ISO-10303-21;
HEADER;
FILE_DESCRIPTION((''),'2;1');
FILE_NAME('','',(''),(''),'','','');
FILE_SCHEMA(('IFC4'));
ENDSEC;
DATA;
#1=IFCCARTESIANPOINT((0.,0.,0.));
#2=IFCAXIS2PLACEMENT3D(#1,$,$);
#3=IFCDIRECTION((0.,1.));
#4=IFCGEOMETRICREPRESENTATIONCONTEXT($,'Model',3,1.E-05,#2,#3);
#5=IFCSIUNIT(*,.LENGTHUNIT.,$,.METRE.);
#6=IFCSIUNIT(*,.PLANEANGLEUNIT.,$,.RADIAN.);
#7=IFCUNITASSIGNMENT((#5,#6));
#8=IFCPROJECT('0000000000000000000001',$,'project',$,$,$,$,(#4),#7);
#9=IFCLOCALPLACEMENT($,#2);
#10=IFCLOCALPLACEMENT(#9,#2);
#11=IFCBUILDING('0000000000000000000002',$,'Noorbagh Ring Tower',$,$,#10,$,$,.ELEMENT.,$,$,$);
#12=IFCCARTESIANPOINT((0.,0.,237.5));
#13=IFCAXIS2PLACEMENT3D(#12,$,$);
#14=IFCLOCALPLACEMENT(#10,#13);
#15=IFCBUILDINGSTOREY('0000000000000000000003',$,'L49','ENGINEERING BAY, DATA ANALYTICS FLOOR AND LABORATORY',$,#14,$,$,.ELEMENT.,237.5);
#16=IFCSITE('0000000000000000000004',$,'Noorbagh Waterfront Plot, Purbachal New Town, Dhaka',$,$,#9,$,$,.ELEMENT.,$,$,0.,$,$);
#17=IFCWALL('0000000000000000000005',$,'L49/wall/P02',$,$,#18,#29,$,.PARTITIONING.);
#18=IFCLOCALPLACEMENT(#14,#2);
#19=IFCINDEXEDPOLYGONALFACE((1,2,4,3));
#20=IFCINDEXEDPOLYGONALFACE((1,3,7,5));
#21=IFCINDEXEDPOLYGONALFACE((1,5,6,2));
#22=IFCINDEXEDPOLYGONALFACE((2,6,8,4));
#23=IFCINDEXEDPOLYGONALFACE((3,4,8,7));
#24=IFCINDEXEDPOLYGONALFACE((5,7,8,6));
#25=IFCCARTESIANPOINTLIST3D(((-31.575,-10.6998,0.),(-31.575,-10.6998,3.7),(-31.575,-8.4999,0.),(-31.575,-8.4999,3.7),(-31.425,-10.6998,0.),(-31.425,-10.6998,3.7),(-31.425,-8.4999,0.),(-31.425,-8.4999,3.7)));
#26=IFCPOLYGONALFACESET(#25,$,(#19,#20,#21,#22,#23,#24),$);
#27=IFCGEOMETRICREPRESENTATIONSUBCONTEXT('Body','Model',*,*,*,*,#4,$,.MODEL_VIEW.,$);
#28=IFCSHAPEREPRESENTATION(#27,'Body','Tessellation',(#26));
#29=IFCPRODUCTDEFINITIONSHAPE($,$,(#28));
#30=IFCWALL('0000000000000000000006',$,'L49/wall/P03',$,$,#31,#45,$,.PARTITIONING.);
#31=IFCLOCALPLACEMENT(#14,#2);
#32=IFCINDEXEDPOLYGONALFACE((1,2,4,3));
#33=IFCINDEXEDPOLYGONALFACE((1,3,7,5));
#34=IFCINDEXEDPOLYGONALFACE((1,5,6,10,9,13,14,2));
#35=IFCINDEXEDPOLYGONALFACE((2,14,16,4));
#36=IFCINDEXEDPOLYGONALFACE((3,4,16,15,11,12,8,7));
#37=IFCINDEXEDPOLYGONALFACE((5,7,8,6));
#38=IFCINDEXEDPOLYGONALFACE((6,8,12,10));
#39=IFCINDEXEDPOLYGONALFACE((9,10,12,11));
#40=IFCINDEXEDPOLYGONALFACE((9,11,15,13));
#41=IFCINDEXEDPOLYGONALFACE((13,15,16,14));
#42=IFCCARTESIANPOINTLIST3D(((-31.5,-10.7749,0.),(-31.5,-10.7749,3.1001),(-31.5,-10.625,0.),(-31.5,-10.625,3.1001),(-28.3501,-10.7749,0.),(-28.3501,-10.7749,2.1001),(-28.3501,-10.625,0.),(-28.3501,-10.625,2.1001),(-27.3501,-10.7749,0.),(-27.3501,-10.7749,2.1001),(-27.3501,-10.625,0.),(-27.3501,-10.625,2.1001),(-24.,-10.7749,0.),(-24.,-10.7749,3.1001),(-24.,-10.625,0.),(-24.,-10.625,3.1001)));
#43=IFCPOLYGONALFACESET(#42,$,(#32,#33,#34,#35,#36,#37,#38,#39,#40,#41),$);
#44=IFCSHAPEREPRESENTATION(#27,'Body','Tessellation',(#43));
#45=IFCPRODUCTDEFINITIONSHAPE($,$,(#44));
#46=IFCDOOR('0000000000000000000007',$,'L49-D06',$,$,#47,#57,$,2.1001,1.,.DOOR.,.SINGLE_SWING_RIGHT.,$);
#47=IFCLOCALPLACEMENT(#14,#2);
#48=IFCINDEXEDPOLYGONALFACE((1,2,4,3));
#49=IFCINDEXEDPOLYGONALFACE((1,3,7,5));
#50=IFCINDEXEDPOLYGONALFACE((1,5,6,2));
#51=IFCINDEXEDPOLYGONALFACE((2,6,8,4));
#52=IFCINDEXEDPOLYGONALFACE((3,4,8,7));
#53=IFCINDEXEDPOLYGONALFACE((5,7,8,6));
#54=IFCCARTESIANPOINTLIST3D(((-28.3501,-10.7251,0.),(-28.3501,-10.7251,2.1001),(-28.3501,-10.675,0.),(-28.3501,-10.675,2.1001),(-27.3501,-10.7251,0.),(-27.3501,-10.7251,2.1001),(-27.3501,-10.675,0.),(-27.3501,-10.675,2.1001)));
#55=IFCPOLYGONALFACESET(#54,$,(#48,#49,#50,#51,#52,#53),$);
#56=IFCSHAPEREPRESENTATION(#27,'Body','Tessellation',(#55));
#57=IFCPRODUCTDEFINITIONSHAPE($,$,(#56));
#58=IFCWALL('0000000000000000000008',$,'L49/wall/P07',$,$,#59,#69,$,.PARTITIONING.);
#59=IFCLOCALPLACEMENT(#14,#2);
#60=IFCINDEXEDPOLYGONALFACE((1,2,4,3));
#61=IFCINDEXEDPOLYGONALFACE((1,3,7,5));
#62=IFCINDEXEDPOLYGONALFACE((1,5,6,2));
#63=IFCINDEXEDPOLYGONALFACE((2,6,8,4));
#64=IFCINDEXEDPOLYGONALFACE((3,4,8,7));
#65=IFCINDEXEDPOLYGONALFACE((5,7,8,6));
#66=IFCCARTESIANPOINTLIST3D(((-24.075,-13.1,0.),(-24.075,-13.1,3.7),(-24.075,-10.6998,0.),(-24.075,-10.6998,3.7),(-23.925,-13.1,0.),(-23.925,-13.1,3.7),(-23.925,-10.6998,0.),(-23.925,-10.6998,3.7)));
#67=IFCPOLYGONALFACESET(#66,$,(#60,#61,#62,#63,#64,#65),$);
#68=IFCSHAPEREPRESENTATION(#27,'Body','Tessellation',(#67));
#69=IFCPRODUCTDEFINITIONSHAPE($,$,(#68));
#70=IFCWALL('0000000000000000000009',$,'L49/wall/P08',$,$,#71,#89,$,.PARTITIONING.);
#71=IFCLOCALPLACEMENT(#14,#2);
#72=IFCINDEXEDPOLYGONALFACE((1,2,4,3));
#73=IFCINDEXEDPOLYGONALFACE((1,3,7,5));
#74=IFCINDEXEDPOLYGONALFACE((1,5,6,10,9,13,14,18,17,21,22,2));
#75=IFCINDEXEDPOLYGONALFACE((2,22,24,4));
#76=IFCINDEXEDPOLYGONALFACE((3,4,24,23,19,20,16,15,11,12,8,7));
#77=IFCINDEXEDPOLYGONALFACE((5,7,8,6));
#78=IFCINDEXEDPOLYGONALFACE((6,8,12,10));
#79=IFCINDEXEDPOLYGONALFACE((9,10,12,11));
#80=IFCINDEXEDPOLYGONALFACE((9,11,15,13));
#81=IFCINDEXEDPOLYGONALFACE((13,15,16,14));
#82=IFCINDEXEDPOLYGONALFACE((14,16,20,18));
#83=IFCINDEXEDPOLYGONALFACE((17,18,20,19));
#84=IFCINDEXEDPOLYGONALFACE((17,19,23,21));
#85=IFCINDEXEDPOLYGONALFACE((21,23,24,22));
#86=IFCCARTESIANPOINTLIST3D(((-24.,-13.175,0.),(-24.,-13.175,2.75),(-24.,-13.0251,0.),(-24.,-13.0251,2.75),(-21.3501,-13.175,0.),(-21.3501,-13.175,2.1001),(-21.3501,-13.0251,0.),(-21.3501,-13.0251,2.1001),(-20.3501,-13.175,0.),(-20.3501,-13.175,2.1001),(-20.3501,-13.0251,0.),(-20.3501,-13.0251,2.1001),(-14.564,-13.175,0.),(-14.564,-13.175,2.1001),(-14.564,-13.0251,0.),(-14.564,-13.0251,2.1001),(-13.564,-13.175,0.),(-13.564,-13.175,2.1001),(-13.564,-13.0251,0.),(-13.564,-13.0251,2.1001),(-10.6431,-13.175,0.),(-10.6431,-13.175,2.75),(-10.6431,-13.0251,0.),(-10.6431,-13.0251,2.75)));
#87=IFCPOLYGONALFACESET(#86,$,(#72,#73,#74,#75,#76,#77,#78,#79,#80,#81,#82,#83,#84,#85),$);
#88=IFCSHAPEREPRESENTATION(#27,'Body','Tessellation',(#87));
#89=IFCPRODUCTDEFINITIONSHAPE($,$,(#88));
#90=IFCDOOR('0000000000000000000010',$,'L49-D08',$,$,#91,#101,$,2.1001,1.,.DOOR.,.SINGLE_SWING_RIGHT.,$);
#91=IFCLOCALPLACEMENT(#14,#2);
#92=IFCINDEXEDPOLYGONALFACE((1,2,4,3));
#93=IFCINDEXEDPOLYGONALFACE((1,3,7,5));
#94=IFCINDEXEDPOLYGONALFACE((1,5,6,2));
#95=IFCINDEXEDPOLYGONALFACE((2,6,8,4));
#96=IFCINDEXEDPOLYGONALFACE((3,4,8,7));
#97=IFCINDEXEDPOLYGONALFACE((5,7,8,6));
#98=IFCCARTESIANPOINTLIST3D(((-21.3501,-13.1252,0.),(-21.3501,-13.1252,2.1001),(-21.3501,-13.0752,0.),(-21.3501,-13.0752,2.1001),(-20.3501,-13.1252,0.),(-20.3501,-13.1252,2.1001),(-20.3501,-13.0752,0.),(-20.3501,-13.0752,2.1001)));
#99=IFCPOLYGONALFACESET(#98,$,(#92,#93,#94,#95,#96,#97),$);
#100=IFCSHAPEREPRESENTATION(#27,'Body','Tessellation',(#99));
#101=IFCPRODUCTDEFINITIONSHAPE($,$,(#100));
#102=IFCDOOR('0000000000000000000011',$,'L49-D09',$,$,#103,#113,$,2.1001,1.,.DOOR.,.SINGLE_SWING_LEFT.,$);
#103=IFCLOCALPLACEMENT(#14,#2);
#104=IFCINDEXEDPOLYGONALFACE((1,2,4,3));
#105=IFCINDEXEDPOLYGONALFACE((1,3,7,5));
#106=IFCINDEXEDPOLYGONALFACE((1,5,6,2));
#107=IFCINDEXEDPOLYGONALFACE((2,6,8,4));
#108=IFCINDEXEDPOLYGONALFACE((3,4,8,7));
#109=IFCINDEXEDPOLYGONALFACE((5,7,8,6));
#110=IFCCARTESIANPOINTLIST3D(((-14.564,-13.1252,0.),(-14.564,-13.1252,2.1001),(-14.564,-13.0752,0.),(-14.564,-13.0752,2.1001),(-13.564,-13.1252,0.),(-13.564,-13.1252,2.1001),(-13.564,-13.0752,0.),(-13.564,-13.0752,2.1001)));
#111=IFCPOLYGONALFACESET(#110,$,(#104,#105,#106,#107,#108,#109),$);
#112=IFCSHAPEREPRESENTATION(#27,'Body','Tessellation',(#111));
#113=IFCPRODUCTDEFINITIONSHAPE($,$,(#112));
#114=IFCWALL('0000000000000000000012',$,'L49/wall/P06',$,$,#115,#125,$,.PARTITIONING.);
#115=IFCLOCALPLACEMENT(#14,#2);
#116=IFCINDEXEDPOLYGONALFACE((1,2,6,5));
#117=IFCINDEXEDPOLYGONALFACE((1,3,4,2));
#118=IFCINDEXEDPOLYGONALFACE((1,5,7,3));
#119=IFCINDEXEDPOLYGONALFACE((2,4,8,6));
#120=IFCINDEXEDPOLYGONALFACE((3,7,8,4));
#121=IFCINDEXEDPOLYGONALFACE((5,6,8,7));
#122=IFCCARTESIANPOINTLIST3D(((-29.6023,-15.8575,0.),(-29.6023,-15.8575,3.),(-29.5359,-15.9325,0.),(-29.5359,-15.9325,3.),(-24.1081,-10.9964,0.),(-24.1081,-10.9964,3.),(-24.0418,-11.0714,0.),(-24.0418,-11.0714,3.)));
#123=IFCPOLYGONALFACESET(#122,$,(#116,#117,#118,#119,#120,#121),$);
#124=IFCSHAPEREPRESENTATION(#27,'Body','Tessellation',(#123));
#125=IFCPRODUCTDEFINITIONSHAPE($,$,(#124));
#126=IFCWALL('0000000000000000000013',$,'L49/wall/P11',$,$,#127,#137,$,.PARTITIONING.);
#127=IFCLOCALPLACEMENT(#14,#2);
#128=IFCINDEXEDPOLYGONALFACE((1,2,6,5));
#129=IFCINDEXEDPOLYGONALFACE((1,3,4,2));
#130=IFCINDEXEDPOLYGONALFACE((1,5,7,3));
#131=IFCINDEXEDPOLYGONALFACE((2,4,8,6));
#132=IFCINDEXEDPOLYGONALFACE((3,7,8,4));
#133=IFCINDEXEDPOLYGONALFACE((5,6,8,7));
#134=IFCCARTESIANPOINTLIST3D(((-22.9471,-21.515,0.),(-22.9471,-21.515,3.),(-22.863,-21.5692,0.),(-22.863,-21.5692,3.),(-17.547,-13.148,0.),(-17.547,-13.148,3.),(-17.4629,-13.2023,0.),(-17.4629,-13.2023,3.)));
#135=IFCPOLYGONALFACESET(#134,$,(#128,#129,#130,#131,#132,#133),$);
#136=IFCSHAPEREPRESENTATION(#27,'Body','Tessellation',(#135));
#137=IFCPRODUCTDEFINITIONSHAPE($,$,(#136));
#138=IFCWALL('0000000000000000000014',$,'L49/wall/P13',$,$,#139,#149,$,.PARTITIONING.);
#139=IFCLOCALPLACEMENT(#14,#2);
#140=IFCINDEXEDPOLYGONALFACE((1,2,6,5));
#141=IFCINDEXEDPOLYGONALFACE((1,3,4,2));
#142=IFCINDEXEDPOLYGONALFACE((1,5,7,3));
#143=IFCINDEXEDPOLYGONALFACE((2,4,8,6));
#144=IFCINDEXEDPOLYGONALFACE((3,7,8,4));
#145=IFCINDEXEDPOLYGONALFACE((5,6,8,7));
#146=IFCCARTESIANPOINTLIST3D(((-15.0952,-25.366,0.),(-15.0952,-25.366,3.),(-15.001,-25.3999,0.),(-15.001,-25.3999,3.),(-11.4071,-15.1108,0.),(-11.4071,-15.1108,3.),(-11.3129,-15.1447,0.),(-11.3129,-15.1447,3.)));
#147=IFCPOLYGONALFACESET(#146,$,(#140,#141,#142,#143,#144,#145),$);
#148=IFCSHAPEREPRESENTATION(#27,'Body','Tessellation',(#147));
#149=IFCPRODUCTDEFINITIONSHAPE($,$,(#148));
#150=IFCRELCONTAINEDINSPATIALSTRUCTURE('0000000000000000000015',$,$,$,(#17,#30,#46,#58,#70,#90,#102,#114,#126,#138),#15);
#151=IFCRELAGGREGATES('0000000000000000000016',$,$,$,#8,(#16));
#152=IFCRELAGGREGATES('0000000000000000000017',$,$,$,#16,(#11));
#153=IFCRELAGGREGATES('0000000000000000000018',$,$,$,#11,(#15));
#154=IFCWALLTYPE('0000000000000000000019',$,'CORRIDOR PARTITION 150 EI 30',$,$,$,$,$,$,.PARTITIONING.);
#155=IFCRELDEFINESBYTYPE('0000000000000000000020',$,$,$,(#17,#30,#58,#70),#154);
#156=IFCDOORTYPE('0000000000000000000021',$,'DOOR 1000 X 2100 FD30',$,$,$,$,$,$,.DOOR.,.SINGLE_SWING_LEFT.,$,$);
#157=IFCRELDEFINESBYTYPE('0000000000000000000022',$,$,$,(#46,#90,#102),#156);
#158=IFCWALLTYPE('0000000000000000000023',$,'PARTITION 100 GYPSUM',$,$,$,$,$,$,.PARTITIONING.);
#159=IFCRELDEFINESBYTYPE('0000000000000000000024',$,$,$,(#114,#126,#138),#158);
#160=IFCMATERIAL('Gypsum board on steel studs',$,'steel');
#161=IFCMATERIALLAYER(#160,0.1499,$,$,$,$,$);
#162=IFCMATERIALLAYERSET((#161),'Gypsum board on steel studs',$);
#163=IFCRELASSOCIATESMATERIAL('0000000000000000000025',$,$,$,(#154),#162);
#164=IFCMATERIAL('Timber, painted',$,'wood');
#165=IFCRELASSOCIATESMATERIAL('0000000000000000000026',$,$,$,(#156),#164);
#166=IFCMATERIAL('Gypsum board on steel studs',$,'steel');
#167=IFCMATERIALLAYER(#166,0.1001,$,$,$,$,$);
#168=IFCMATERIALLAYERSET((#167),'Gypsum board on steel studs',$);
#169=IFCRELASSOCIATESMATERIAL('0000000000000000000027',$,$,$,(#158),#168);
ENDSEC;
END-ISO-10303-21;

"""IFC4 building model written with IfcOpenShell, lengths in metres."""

from ifc_helpers import new_model, si_unit, direction, frame, frame_2d, origin, place, context, subcontext, project, spatial, rectangle, extrude, material, layer, layer_set, type_object, element, fill, save


model = new_model("IFC4")

# Units and contexts
model_context = context("Model", 3, precision=1e-05, world=origin(), true_north=direction((0.0, 1.0)))
body_context = subcontext(model_context, "Body", "Model", "MODEL_VIEW")
ifc_project = project(units=[si_unit("LENGTHUNIT", "METRE"), si_unit("PLANEANGLEUNIT", "RADIAN")], contexts=[model_context])

# Site, building, storey
site_placement = place(None, origin())
site = spatial("IfcSite", under=ifc_project, at=site_placement, Name="Noorbagh Waterfront Plot, Purbachal New Town, Dhaka", CompositionType="ELEMENT", RefElevation=0.0)
building_placement = place(site_placement, origin())
building = spatial("IfcBuilding", under=site, at=building_placement, Name="Noorbagh Ring Tower", CompositionType="ELEMENT")
storey_placement = place(building_placement, frame((0.0, 0.0, 237.5)))
storey = spatial("IfcBuildingStorey", under=building, at=storey_placement, Name="L49", Description="ENGINEERING BAY, DATA ANALYTICS FLOOR AND LABORATORY", CompositionType="ELEMENT", Elevation=237.5)

# Wall
ifc_material_1 = material(Name="Gypsum board on steel studs", Category="steel")
ifc_layer_1 = layer(ifc_material_1, 0.1499)
ifc_layer_set_1 = layer_set([ifc_layer_1], Name="Gypsum board on steel studs")
wall_type_1 = type_object("IfcWallType", Name="CORRIDOR PARTITION 150 EI 30", PredefinedType="PARTITIONING", material=ifc_layer_set_1)
wall_1_placement = place(storey_placement, frame((-31.5, -10.7, 0.0), z_axis=(0.0, 0.0, 1.0), x_axis=(0.0, 1.0, 0.0)))
element("IfcWall", 1, at=wall_1_placement, inside=storey, type_object=wall_type_1, Name="L49/wall/P02", PredefinedType="PARTITIONING", context=body_context, shape_type="SweptSolid", body=[
    extrude(rectangle(XDim=2.2, YDim=0.1499, at=frame_2d((1.1001, 0.0))), origin(), (0.0, 0.0, 1.0), 3.7),
])

# Wall, opening, door
wall_2_placement = place(storey_placement, frame((-31.5, -10.7, 0.0), z_axis=(0.0, 0.0, 1.0), x_axis=(1.0, 0.0, 0.0)))
wall_2 = element("IfcWall", 2, at=wall_2_placement, inside=storey, type_object=wall_type_1, Name="L49/wall/P03", PredefinedType="PARTITIONING", context=body_context, shape_type="SweptSolid", body=[
    extrude(rectangle(XDim=7.5, YDim=0.1499, at=frame_2d((3.75, 0.0))), origin(), (0.0, 0.0, 1.0), 3.1001),
])
opening_1_placement = place(wall_2_placement, frame((3.1499, 0.0, 0.0)))
opening_1 = element("IfcOpeningElement", 3, at=opening_1_placement, cuts=wall_2, PredefinedType="OPENING", context=body_context, shape_type="SweptSolid", body=[
    extrude(rectangle(XDim=1.0, YDim=2.1001, at=frame_2d((0.5, 1.05))), frame((0.0, 0.085, 0.0), z_axis=(0.0, -1.0, 0.0), x_axis=(1.0, 0.0, 0.0)), (0.0, 0.0, 1.0), 0.1699),
])
ifc_material_2 = material(Name="Timber, painted", Category="wood")
door_type = type_object("IfcDoorType", Name="DOOR 1000 X 2100 FD30", OperationType="SINGLE_SWING_LEFT", PredefinedType="DOOR", material=ifc_material_2)
door_1_placement = place(opening_1_placement, origin())
door_1 = element("IfcDoor", 4, at=door_1_placement, inside=storey, type_object=door_type, Name="L49-D06", OperationType="SINGLE_SWING_RIGHT", OverallHeight=2.1001, OverallWidth=1.0, PredefinedType="DOOR", context=body_context, shape_type="SweptSolid", body=[
    extrude(rectangle(XDim=1.0, YDim=2.1001, at=frame_2d((0.5, 1.05))), frame((0.0, 0.0249, 0.0), z_axis=(0.0, -1.0, 0.0), x_axis=(1.0, 0.0, 0.0)), (0.0, 0.0, 1.0), 0.05),
])
fill(opening_1, door_1)

# Wall
wall_3_placement = place(storey_placement, frame((-24.0, -13.1001, 0.0), z_axis=(0.0, 0.0, 1.0), x_axis=(0.0, 1.0, 0.0)))
element("IfcWall", 5, at=wall_3_placement, inside=storey, type_object=wall_type_1, Name="L49/wall/P07", PredefinedType="PARTITIONING", context=body_context, shape_type="SweptSolid", body=[
    extrude(rectangle(XDim=2.4001, YDim=0.1499, at=frame_2d((1.2002, 0.0))), origin(), (0.0, 0.0, 1.0), 3.7),
])

# Wall, openings, doors
wall_4_placement = place(storey_placement, frame((-24.0, -13.1001, 0.0), z_axis=(0.0, 0.0, 1.0), x_axis=(1.0, 0.0, 0.0)))
wall_4 = element("IfcWall", 6, at=wall_4_placement, inside=storey, type_object=wall_type_1, Name="L49/wall/P08", PredefinedType="PARTITIONING", context=body_context, shape_type="SweptSolid", body=[
    extrude(rectangle(XDim=13.3569, YDim=0.1499, at=frame_2d((6.6785, 0.0))), origin(), (0.0, 0.0, 1.0), 2.75),
])
opening_2_placement = place(wall_4_placement, frame((2.6499, 0.0, 0.0)))
opening_2 = element("IfcOpeningElement", 7, at=opening_2_placement, cuts=wall_4, PredefinedType="OPENING", context=body_context, shape_type="SweptSolid", body=[
    extrude(rectangle(XDim=1.0, YDim=2.1001, at=frame_2d((0.5, 1.05))), frame((0.0, 0.085, 0.0), z_axis=(0.0, -1.0, 0.0), x_axis=(1.0, 0.0, 0.0)), (0.0, 0.0, 1.0), 0.1699),
])
opening_3_placement = place(wall_4_placement, frame((9.436, 0.0, 0.0)))
opening_3 = element("IfcOpeningElement", 8, at=opening_3_placement, cuts=wall_4, PredefinedType="OPENING", context=body_context, shape_type="SweptSolid", body=[
    extrude(rectangle(XDim=1.0, YDim=2.1001, at=frame_2d((0.5, 1.05))), frame((0.0, 0.085, 0.0), z_axis=(0.0, -1.0, 0.0), x_axis=(1.0, 0.0, 0.0)), (0.0, 0.0, 1.0), 0.1699),
])
door_2_placement = place(opening_2_placement, origin())
door_2 = element("IfcDoor", 9, at=door_2_placement, inside=storey, type_object=door_type, Name="L49-D08", OperationType="SINGLE_SWING_RIGHT", OverallHeight=2.1001, OverallWidth=1.0, PredefinedType="DOOR", context=body_context, shape_type="SweptSolid", body=[
    extrude(rectangle(XDim=1.0, YDim=2.1001, at=frame_2d((0.5, 1.05))), frame((0.0, 0.0249, 0.0), z_axis=(0.0, -1.0, 0.0), x_axis=(1.0, 0.0, 0.0)), (0.0, 0.0, 1.0), 0.05),
])
fill(opening_2, door_2)
door_3_placement = place(opening_3_placement, origin())
door_3 = element("IfcDoor", 10, at=door_3_placement, inside=storey, type_object=door_type, Name="L49-D09", OperationType="SINGLE_SWING_LEFT", OverallHeight=2.1001, OverallWidth=1.0, PredefinedType="DOOR", context=body_context, shape_type="SweptSolid", body=[
    extrude(rectangle(XDim=1.0, YDim=2.1001, at=frame_2d((0.5, 1.05))), frame((0.0, 0.0249, 0.0), z_axis=(0.0, -1.0, 0.0), x_axis=(1.0, 0.0, 0.0)), (0.0, 0.0, 1.0), 0.05),
])
fill(opening_3, door_3)

# Walls
ifc_material_3 = material(Name="Gypsum board on steel studs", Category="steel")
ifc_layer_2 = layer(ifc_material_3, 0.1001)
ifc_layer_set_2 = layer_set([ifc_layer_2], Name="Gypsum board on steel studs")
wall_type_2 = type_object("IfcWallType", Name="PARTITION 100 GYPSUM", PredefinedType="PARTITIONING", material=ifc_layer_set_2)
wall_5_placement = place(storey_placement, frame((-29.5691, -15.895, 0.0), z_axis=(0.0, 0.0, 1.0), x_axis=(0.748937, 0.662641, 0.0)))
element("IfcWall", 11, at=wall_5_placement, inside=storey, type_object=wall_type_2, Name="L49/wall/P06", PredefinedType="PARTITIONING", context=body_context, shape_type="SweptSolid", body=[
    extrude(rectangle(XDim=7.3359, YDim=0.1001, at=frame_2d((3.668, 0.0))), origin(), (0.0, 0.0, 1.0), 3.0),
])
wall_6_placement = place(storey_placement, frame((-22.905, -21.542, 0.0), z_axis=(0.0, 0.0, 1.0), x_axis=(0.542277, 0.8402, 0.0)))
element("IfcWall", 12, at=wall_6_placement, inside=storey, type_object=wall_type_2, Name="L49/wall/P11", PredefinedType="PARTITIONING", context=body_context, shape_type="SweptSolid", body=[
    extrude(rectangle(XDim=9.9583, YDim=0.1001, at=frame_2d((4.979, 0.0))), origin(), (0.0, 0.0, 1.0), 3.0),
])
wall_7_placement = place(storey_placement, frame((-15.0481, -25.3831, 0.0), z_axis=(0.0, 0.0, 1.0), x_axis=(0.338406, 0.941, 0.0)))
element("IfcWall", 13, at=wall_7_placement, inside=storey, type_object=wall_type_2, Name="L49/wall/P13", PredefinedType="PARTITIONING", context=body_context, shape_type="SweptSolid", body=[
    extrude(rectangle(XDim=10.8982, YDim=0.1001, at=frame_2d((5.4492, 0.0))), origin(), (0.0, 0.0, 1.0), 3.0),
])

save(model, "model.ifc")
